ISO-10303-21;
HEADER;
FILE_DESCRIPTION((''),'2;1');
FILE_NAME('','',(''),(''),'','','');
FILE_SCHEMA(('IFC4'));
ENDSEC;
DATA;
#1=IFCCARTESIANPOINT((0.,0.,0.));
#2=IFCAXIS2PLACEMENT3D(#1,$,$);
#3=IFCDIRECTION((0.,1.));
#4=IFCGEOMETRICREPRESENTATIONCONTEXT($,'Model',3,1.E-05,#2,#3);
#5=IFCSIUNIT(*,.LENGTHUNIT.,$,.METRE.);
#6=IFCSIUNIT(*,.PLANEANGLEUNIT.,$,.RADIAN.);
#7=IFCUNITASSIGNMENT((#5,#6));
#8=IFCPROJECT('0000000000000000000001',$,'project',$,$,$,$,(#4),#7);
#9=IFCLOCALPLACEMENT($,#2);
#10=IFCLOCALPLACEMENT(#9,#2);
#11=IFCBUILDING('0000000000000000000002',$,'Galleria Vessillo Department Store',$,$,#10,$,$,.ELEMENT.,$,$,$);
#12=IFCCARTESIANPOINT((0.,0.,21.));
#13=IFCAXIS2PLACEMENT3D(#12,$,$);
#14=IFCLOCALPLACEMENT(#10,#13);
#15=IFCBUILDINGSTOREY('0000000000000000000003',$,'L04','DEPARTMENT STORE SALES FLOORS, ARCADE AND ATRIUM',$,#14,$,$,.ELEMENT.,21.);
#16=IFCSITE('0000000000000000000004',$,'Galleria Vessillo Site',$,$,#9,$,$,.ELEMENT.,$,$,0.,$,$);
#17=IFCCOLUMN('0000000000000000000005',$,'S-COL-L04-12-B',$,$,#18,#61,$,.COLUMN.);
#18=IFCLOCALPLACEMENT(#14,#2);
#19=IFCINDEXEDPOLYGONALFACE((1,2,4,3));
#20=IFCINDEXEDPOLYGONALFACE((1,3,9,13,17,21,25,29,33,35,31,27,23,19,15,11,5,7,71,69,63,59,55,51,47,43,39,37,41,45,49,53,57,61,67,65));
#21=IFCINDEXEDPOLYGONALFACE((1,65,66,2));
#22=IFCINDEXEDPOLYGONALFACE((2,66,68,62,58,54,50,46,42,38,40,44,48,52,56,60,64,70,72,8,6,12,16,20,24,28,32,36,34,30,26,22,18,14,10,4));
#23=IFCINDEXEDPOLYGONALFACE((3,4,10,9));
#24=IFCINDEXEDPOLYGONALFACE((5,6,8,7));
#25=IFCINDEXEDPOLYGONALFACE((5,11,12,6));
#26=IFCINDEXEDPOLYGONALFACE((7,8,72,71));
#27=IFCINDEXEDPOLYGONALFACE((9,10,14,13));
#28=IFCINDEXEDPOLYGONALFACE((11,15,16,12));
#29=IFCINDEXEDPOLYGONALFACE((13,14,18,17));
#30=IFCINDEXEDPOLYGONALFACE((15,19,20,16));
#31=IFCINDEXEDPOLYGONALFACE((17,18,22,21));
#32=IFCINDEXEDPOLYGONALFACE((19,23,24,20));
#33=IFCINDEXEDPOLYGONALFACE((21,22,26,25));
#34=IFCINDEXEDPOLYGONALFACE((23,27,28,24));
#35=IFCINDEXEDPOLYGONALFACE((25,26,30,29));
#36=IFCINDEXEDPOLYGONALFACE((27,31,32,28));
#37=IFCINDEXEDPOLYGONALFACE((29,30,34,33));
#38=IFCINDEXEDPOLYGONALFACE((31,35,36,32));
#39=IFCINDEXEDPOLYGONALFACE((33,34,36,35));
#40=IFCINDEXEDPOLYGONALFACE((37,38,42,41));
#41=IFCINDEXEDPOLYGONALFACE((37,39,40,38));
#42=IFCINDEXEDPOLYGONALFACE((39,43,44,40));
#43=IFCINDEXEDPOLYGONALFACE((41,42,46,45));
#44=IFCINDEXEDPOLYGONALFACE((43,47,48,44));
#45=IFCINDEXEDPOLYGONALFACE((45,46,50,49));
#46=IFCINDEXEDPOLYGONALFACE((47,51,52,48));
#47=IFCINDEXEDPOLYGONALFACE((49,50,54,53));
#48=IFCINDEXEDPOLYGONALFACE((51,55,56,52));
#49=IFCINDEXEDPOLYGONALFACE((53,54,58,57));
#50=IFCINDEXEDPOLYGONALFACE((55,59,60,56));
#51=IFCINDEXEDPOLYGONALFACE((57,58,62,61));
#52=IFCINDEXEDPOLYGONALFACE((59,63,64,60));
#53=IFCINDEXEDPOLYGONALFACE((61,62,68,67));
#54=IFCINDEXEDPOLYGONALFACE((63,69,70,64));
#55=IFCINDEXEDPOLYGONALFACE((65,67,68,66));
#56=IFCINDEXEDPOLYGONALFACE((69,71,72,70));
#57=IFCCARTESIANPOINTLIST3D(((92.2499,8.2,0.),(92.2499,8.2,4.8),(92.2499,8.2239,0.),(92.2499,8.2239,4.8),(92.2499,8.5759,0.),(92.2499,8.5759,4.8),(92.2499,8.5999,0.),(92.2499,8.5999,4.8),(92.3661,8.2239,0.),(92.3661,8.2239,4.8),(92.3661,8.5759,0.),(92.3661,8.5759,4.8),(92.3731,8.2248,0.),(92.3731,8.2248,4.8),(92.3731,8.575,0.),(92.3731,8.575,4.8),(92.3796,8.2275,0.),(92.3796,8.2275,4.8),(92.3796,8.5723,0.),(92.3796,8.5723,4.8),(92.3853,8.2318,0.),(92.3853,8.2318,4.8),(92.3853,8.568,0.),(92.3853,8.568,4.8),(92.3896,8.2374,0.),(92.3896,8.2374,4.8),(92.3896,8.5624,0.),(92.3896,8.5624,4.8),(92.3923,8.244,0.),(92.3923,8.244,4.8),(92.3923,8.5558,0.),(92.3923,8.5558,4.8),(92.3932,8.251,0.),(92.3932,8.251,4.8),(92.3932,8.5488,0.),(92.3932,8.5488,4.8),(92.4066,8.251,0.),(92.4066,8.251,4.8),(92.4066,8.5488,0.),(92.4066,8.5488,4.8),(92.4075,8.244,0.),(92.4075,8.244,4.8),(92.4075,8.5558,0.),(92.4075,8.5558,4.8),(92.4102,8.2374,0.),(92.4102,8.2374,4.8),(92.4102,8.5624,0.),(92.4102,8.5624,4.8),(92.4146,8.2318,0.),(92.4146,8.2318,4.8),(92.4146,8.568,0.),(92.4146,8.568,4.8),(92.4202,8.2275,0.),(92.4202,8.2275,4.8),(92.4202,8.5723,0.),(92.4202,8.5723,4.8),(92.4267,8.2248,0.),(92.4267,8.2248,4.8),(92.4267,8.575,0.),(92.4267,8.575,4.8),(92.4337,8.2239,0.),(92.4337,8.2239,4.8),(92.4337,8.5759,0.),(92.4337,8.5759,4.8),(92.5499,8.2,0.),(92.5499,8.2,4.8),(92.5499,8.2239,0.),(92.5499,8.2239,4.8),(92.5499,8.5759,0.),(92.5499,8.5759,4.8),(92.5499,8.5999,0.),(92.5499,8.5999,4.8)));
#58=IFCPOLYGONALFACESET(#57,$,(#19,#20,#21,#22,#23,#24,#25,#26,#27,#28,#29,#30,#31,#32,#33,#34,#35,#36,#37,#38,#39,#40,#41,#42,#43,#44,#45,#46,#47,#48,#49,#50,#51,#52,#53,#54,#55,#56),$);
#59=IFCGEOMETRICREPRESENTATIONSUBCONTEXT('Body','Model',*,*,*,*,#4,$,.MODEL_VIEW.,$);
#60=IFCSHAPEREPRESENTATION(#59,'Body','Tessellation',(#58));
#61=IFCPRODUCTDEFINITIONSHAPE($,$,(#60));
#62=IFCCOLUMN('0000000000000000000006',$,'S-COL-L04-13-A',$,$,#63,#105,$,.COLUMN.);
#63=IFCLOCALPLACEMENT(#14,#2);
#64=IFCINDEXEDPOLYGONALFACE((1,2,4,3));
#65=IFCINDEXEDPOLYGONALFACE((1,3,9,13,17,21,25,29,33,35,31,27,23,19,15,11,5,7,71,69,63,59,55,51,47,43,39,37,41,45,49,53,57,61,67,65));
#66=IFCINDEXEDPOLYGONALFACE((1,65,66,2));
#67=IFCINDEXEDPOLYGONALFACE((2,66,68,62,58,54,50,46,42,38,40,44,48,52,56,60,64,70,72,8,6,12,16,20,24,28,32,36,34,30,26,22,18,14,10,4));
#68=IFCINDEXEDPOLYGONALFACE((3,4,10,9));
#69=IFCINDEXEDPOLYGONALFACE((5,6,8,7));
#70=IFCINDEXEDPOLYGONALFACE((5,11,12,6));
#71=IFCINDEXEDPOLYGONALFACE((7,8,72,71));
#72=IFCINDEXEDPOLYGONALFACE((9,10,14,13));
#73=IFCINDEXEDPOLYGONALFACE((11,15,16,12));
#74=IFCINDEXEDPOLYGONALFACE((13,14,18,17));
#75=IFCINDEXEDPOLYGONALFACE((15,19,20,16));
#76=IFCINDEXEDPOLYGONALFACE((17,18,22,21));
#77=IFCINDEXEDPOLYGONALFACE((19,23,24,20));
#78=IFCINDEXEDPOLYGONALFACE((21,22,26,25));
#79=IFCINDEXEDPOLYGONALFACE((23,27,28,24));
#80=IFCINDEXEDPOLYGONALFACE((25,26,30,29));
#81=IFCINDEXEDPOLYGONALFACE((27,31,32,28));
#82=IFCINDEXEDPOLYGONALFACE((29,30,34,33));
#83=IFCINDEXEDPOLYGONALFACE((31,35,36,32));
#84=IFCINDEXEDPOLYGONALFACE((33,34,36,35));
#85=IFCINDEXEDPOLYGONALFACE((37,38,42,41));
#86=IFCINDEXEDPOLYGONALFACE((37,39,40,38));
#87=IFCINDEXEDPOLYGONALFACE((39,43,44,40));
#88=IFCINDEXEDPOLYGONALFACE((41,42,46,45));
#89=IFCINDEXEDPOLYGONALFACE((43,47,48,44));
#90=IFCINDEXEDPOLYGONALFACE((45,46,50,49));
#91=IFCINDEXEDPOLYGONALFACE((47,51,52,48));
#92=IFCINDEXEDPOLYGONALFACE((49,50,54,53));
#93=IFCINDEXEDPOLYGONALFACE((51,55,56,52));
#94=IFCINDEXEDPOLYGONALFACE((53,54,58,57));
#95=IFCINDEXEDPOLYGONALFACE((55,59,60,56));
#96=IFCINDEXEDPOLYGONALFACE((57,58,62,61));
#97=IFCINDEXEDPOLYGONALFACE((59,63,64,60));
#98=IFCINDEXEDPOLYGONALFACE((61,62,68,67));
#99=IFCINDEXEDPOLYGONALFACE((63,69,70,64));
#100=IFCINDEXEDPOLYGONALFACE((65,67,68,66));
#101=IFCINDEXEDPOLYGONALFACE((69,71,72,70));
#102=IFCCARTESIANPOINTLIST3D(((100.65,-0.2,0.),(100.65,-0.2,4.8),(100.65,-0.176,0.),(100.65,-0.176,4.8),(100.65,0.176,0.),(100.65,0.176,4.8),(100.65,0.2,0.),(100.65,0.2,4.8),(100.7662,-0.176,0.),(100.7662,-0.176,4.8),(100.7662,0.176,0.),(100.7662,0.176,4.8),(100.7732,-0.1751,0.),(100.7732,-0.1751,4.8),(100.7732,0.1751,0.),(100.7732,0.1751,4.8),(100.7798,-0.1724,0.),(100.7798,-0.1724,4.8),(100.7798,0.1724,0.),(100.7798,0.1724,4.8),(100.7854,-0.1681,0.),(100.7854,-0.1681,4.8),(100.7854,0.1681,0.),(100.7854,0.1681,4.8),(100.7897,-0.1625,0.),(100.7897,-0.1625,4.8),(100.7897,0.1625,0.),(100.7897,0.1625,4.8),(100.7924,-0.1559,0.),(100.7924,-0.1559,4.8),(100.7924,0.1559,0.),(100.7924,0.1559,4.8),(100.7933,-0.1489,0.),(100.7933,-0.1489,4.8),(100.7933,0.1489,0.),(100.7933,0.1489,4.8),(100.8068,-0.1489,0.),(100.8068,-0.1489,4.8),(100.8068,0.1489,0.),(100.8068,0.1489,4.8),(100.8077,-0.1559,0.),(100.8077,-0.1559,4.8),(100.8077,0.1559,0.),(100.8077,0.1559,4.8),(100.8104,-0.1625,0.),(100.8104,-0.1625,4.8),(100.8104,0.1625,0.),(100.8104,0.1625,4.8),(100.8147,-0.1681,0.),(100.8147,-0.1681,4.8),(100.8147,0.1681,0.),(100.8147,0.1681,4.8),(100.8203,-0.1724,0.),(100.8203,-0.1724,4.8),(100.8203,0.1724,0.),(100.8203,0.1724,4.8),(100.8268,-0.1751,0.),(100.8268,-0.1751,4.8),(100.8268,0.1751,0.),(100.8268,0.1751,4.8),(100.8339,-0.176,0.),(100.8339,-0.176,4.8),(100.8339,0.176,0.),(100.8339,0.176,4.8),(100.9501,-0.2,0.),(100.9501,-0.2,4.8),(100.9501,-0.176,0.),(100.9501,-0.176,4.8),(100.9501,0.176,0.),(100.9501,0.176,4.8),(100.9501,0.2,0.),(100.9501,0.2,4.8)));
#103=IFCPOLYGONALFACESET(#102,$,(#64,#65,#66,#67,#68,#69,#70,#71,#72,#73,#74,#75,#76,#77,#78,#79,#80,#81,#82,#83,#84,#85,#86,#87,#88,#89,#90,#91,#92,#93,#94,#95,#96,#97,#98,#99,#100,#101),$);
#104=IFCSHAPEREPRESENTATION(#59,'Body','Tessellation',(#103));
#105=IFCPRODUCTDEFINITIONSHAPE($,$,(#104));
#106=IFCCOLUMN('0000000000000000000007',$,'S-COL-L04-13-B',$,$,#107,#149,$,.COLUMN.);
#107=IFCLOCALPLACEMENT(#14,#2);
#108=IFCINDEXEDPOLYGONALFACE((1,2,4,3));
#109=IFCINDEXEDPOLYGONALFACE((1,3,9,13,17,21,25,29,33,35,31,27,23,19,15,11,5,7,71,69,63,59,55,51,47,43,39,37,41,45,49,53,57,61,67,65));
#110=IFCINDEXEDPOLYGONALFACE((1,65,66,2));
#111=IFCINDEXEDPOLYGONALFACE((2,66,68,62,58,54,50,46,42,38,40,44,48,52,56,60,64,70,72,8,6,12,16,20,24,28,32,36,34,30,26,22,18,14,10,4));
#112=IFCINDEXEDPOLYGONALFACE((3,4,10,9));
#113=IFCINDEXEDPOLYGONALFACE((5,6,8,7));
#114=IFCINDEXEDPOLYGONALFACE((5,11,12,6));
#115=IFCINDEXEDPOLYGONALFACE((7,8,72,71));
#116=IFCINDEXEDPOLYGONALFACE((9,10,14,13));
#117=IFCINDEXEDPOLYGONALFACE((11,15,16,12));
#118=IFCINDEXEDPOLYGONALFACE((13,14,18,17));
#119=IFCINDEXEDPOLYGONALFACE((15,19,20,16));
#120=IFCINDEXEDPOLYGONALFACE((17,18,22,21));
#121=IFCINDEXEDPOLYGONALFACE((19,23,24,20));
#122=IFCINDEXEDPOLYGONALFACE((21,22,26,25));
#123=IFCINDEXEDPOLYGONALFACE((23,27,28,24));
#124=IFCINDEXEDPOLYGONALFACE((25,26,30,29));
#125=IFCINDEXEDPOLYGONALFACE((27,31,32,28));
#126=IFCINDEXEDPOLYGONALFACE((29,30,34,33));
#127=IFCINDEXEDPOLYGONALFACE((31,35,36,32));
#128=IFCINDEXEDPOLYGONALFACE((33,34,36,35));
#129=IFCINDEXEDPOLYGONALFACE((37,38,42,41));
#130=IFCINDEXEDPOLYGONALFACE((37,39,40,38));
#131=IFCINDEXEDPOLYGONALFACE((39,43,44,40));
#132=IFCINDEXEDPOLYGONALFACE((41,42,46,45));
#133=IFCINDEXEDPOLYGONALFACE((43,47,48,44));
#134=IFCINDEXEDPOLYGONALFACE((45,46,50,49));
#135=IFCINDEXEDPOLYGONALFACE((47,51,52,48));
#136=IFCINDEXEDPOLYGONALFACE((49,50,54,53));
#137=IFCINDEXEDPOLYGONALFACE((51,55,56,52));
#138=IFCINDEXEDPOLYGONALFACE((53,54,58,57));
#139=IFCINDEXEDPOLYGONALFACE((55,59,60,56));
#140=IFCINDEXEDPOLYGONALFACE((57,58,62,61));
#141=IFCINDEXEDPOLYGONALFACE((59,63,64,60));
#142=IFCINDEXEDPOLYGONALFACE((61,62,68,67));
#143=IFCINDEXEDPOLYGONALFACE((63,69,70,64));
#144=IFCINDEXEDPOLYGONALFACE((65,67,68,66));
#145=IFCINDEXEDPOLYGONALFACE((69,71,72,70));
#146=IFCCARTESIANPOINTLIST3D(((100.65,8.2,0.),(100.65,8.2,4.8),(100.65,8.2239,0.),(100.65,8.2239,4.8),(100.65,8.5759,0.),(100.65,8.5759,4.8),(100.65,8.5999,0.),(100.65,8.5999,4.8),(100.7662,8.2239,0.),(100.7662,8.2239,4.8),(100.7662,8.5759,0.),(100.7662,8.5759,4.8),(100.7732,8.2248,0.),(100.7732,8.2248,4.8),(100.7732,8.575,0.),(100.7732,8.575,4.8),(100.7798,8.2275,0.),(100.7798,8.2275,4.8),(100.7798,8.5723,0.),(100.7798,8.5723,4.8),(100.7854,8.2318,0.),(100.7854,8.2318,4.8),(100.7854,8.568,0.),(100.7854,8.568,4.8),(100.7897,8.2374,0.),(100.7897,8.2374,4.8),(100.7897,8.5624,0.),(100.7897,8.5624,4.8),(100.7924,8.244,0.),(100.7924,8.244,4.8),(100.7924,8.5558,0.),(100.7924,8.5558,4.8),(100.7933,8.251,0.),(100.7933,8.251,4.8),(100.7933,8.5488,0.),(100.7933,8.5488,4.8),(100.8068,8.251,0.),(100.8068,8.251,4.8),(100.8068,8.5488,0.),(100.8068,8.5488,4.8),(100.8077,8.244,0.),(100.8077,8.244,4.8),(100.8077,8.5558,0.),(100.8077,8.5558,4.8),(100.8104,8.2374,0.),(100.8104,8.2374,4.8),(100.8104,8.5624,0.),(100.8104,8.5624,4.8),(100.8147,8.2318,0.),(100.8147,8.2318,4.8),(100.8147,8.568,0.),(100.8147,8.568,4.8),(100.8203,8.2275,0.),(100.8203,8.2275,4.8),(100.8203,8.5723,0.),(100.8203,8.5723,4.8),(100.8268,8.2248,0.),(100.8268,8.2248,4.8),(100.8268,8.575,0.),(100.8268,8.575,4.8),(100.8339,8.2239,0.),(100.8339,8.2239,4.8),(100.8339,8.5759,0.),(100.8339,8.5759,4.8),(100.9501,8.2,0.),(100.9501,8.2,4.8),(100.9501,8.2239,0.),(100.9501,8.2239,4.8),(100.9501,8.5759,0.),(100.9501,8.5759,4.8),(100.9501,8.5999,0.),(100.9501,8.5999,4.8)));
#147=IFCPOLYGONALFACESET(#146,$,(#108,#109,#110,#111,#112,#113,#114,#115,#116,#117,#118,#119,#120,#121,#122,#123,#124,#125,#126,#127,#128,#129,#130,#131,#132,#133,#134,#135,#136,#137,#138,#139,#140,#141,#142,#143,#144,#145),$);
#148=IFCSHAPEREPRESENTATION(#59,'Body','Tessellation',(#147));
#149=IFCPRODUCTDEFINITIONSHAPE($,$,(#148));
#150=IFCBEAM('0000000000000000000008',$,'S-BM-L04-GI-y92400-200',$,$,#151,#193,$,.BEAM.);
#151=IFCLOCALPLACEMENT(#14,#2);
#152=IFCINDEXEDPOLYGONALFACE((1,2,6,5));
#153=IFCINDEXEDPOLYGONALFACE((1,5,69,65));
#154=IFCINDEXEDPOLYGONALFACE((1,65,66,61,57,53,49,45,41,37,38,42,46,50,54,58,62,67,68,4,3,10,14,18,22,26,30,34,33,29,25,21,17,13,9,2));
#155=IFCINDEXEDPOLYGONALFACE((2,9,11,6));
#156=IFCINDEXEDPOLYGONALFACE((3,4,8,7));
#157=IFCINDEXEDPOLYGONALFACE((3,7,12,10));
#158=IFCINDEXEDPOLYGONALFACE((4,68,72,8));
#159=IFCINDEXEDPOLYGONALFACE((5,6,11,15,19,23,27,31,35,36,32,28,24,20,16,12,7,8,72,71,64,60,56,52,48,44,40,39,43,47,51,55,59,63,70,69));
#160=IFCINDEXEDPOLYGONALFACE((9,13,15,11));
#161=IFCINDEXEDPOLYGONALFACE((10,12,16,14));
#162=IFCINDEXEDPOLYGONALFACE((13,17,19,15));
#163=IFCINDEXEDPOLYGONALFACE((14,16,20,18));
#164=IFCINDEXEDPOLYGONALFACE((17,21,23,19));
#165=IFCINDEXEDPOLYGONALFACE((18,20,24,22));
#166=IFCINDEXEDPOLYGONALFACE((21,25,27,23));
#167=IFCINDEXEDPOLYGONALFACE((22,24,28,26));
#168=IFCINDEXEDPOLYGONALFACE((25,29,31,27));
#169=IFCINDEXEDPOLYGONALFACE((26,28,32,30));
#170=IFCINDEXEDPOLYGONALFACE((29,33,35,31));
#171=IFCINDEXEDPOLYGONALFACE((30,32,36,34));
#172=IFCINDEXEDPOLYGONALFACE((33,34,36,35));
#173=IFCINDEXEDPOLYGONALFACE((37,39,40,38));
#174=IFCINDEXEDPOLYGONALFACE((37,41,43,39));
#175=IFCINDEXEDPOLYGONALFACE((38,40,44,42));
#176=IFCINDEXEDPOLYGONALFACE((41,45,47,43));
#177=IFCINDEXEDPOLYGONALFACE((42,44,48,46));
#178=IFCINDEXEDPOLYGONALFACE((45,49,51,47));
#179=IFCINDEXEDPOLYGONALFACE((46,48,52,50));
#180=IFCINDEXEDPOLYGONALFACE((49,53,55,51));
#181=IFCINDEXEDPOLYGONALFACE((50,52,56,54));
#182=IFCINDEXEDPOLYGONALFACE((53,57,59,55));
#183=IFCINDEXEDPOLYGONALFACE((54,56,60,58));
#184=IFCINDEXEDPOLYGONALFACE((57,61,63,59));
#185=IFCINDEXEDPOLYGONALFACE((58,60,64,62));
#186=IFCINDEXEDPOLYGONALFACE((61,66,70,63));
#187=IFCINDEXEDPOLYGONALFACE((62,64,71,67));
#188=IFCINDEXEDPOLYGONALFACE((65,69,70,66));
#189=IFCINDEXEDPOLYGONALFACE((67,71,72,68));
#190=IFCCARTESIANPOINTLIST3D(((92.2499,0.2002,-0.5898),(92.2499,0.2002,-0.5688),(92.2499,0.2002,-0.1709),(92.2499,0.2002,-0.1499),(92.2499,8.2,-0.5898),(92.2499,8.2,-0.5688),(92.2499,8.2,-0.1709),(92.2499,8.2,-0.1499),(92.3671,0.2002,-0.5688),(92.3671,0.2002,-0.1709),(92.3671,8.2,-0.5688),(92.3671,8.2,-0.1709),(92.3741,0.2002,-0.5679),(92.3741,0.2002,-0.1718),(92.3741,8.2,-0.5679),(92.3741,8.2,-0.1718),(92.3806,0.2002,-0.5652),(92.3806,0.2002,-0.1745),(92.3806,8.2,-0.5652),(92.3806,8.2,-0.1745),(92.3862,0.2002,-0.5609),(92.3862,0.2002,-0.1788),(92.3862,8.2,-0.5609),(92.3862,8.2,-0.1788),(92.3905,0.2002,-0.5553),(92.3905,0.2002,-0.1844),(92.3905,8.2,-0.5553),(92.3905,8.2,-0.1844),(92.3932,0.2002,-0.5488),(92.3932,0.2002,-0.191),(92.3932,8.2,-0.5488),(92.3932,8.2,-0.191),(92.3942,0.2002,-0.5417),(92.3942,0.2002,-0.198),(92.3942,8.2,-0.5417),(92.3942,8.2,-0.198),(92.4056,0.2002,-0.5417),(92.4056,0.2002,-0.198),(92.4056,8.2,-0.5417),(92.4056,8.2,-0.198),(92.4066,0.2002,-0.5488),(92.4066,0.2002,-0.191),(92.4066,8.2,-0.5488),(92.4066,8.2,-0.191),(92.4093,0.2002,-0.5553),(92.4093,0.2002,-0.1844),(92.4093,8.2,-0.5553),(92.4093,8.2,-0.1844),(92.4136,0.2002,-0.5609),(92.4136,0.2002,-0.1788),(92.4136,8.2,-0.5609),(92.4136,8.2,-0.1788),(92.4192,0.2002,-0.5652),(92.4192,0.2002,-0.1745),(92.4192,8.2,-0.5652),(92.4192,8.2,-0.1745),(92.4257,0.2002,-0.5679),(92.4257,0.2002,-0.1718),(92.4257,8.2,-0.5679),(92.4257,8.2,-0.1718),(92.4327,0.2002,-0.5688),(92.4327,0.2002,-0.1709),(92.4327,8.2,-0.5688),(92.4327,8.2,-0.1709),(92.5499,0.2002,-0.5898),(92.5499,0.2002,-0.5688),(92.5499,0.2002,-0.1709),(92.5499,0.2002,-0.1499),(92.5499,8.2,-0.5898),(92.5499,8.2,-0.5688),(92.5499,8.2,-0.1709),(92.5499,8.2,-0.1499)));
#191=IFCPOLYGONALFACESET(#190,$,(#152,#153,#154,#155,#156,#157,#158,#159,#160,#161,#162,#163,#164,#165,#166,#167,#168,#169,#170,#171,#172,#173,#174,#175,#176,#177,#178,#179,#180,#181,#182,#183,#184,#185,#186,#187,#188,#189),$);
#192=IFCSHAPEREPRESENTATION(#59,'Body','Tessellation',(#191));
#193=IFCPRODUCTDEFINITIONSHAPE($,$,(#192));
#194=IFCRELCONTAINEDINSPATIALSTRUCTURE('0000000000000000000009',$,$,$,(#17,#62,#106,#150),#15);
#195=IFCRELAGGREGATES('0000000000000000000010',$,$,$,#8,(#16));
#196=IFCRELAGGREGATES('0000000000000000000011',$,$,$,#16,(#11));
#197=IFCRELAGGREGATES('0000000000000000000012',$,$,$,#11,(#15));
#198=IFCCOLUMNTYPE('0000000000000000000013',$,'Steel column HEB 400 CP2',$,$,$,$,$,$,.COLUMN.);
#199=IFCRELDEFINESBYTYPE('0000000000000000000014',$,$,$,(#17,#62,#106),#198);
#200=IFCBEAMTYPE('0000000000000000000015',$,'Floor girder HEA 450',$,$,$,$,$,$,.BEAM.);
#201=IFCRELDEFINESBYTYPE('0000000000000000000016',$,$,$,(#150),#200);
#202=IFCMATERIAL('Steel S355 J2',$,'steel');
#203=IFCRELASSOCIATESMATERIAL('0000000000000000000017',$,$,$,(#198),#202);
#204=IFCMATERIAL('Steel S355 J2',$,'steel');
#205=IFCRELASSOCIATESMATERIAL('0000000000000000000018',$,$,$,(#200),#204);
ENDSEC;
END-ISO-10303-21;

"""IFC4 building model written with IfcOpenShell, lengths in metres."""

from ifc_helpers import new_model, si_unit, direction, frame, origin, origin_2d, place, context, subcontext, project, spatial, i_section, extrude, material, material_profile, profile_set, type_object, element, save


model = new_model("IFC4")

# Units and contexts
model_context = context("Model", 3, precision=1e-05, world=origin(), true_north=direction((0.0, 1.0)))
body_context = subcontext(model_context, "Body", "Model", "MODEL_VIEW")
ifc_project = project(units=[si_unit("LENGTHUNIT", "METRE"), si_unit("PLANEANGLEUNIT", "RADIAN")], contexts=[model_context])

# Site, building, storey
site_placement = place(None, origin())
site = spatial("IfcSite", under=ifc_project, at=site_placement, Name="Galleria Vessillo Site", CompositionType="ELEMENT", RefElevation=0.0)
building_placement = place(site_placement, origin())
building = spatial("IfcBuilding", under=site, at=building_placement, Name="Galleria Vessillo Department Store", CompositionType="ELEMENT")
storey_placement = place(building_placement, frame((0.0, 0.0, 21.0)))
storey = spatial("IfcBuildingStorey", under=building, at=storey_placement, Name="L04", Description="DEPARTMENT STORE SALES FLOORS, ARCADE AND ATRIUM", CompositionType="ELEMENT", Elevation=21.0)

# Columns
ifc_material_1 = material(Name="Steel S355 J2", Category="steel")
ifc_material_profile_1 = material_profile(ifc_material_1, i_section(OverallWidth=0.3, OverallDepth=0.3999, WebThickness=0.0134, FlangeThickness=0.0239, FilletRadius=0.0271, at=origin_2d()), Name="HEB 400")
ifc_profile_set_1 = profile_set([ifc_material_profile_1], Name="Steel S355 J2")
column_type = type_object("IfcColumnType", Name="Steel column HEB 400 CP2", PredefinedType="COLUMN", material=ifc_profile_set_1)
for number, where, z_axis, x_axis, name in (
    (1, (92.3999, 8.3999, 0.0), (0.0, 0.0, 1.0), (1.0, 0.0, 0.0), "S-COL-L04-12-B"),
    (2, (100.8, 0.0, 0.0), (0.0, 0.0, 1.0), (1.0, 0.0, 0.0), "S-COL-L04-13-A"),
    (3, (100.8, 8.3999, 0.0), (0.0, 0.0, 1.0), (1.0, 0.0, 0.0), "S-COL-L04-13-B"),
):
    element("IfcColumn", number, at=place(storey_placement, frame(where, z_axis=z_axis, x_axis=x_axis)), inside=storey, type_object=column_type, Name=name, PredefinedType="COLUMN", context=body_context, shape_type="SweptSolid", body=[
        extrude(i_section(OverallWidth=0.3, OverallDepth=0.3999, WebThickness=0.0134, FlangeThickness=0.0239, FilletRadius=0.0271, at=origin_2d()), origin(), (0.0, 0.0, 1.0), 4.8),
    ])

# Beam
ifc_material_2 = material(Name="Steel S355 J2", Category="steel")
ifc_material_profile_2 = material_profile(ifc_material_2, i_section(OverallWidth=0.3, OverallDepth=0.4399, WebThickness=0.0115, FlangeThickness=0.021, FilletRadius=0.0271, at=origin_2d()), Name="HEA 450")
ifc_profile_set_2 = profile_set([ifc_material_profile_2], Name="Steel S355 J2")
beam_type_1 = type_object("IfcBeamType", Name="Floor girder HEA 450", PredefinedType="BEAM", material=ifc_profile_set_2)
for number, where, z_axis, x_axis, name in (
    (4, (92.3999, 0.2002, -0.3699), (0.0, 1.0, 0.0), (-1.0, 0.0, 0.0), "S-BM-L04-GI-y92400-200"),
):
    element("IfcBeam", number, at=place(storey_placement, frame(where, z_axis=z_axis, x_axis=x_axis)), inside=storey, type_object=beam_type_1, Name=name, PredefinedType="BEAM", context=body_context, shape_type="SweptSolid", body=[
        extrude(i_section(OverallWidth=0.3, OverallDepth=0.4399, WebThickness=0.0115, FlangeThickness=0.021, FilletRadius=0.0271, at=origin_2d()), origin(), (0.0, 0.0, 1.0), 7.9998),
    ])

save(model, "model.ifc")
